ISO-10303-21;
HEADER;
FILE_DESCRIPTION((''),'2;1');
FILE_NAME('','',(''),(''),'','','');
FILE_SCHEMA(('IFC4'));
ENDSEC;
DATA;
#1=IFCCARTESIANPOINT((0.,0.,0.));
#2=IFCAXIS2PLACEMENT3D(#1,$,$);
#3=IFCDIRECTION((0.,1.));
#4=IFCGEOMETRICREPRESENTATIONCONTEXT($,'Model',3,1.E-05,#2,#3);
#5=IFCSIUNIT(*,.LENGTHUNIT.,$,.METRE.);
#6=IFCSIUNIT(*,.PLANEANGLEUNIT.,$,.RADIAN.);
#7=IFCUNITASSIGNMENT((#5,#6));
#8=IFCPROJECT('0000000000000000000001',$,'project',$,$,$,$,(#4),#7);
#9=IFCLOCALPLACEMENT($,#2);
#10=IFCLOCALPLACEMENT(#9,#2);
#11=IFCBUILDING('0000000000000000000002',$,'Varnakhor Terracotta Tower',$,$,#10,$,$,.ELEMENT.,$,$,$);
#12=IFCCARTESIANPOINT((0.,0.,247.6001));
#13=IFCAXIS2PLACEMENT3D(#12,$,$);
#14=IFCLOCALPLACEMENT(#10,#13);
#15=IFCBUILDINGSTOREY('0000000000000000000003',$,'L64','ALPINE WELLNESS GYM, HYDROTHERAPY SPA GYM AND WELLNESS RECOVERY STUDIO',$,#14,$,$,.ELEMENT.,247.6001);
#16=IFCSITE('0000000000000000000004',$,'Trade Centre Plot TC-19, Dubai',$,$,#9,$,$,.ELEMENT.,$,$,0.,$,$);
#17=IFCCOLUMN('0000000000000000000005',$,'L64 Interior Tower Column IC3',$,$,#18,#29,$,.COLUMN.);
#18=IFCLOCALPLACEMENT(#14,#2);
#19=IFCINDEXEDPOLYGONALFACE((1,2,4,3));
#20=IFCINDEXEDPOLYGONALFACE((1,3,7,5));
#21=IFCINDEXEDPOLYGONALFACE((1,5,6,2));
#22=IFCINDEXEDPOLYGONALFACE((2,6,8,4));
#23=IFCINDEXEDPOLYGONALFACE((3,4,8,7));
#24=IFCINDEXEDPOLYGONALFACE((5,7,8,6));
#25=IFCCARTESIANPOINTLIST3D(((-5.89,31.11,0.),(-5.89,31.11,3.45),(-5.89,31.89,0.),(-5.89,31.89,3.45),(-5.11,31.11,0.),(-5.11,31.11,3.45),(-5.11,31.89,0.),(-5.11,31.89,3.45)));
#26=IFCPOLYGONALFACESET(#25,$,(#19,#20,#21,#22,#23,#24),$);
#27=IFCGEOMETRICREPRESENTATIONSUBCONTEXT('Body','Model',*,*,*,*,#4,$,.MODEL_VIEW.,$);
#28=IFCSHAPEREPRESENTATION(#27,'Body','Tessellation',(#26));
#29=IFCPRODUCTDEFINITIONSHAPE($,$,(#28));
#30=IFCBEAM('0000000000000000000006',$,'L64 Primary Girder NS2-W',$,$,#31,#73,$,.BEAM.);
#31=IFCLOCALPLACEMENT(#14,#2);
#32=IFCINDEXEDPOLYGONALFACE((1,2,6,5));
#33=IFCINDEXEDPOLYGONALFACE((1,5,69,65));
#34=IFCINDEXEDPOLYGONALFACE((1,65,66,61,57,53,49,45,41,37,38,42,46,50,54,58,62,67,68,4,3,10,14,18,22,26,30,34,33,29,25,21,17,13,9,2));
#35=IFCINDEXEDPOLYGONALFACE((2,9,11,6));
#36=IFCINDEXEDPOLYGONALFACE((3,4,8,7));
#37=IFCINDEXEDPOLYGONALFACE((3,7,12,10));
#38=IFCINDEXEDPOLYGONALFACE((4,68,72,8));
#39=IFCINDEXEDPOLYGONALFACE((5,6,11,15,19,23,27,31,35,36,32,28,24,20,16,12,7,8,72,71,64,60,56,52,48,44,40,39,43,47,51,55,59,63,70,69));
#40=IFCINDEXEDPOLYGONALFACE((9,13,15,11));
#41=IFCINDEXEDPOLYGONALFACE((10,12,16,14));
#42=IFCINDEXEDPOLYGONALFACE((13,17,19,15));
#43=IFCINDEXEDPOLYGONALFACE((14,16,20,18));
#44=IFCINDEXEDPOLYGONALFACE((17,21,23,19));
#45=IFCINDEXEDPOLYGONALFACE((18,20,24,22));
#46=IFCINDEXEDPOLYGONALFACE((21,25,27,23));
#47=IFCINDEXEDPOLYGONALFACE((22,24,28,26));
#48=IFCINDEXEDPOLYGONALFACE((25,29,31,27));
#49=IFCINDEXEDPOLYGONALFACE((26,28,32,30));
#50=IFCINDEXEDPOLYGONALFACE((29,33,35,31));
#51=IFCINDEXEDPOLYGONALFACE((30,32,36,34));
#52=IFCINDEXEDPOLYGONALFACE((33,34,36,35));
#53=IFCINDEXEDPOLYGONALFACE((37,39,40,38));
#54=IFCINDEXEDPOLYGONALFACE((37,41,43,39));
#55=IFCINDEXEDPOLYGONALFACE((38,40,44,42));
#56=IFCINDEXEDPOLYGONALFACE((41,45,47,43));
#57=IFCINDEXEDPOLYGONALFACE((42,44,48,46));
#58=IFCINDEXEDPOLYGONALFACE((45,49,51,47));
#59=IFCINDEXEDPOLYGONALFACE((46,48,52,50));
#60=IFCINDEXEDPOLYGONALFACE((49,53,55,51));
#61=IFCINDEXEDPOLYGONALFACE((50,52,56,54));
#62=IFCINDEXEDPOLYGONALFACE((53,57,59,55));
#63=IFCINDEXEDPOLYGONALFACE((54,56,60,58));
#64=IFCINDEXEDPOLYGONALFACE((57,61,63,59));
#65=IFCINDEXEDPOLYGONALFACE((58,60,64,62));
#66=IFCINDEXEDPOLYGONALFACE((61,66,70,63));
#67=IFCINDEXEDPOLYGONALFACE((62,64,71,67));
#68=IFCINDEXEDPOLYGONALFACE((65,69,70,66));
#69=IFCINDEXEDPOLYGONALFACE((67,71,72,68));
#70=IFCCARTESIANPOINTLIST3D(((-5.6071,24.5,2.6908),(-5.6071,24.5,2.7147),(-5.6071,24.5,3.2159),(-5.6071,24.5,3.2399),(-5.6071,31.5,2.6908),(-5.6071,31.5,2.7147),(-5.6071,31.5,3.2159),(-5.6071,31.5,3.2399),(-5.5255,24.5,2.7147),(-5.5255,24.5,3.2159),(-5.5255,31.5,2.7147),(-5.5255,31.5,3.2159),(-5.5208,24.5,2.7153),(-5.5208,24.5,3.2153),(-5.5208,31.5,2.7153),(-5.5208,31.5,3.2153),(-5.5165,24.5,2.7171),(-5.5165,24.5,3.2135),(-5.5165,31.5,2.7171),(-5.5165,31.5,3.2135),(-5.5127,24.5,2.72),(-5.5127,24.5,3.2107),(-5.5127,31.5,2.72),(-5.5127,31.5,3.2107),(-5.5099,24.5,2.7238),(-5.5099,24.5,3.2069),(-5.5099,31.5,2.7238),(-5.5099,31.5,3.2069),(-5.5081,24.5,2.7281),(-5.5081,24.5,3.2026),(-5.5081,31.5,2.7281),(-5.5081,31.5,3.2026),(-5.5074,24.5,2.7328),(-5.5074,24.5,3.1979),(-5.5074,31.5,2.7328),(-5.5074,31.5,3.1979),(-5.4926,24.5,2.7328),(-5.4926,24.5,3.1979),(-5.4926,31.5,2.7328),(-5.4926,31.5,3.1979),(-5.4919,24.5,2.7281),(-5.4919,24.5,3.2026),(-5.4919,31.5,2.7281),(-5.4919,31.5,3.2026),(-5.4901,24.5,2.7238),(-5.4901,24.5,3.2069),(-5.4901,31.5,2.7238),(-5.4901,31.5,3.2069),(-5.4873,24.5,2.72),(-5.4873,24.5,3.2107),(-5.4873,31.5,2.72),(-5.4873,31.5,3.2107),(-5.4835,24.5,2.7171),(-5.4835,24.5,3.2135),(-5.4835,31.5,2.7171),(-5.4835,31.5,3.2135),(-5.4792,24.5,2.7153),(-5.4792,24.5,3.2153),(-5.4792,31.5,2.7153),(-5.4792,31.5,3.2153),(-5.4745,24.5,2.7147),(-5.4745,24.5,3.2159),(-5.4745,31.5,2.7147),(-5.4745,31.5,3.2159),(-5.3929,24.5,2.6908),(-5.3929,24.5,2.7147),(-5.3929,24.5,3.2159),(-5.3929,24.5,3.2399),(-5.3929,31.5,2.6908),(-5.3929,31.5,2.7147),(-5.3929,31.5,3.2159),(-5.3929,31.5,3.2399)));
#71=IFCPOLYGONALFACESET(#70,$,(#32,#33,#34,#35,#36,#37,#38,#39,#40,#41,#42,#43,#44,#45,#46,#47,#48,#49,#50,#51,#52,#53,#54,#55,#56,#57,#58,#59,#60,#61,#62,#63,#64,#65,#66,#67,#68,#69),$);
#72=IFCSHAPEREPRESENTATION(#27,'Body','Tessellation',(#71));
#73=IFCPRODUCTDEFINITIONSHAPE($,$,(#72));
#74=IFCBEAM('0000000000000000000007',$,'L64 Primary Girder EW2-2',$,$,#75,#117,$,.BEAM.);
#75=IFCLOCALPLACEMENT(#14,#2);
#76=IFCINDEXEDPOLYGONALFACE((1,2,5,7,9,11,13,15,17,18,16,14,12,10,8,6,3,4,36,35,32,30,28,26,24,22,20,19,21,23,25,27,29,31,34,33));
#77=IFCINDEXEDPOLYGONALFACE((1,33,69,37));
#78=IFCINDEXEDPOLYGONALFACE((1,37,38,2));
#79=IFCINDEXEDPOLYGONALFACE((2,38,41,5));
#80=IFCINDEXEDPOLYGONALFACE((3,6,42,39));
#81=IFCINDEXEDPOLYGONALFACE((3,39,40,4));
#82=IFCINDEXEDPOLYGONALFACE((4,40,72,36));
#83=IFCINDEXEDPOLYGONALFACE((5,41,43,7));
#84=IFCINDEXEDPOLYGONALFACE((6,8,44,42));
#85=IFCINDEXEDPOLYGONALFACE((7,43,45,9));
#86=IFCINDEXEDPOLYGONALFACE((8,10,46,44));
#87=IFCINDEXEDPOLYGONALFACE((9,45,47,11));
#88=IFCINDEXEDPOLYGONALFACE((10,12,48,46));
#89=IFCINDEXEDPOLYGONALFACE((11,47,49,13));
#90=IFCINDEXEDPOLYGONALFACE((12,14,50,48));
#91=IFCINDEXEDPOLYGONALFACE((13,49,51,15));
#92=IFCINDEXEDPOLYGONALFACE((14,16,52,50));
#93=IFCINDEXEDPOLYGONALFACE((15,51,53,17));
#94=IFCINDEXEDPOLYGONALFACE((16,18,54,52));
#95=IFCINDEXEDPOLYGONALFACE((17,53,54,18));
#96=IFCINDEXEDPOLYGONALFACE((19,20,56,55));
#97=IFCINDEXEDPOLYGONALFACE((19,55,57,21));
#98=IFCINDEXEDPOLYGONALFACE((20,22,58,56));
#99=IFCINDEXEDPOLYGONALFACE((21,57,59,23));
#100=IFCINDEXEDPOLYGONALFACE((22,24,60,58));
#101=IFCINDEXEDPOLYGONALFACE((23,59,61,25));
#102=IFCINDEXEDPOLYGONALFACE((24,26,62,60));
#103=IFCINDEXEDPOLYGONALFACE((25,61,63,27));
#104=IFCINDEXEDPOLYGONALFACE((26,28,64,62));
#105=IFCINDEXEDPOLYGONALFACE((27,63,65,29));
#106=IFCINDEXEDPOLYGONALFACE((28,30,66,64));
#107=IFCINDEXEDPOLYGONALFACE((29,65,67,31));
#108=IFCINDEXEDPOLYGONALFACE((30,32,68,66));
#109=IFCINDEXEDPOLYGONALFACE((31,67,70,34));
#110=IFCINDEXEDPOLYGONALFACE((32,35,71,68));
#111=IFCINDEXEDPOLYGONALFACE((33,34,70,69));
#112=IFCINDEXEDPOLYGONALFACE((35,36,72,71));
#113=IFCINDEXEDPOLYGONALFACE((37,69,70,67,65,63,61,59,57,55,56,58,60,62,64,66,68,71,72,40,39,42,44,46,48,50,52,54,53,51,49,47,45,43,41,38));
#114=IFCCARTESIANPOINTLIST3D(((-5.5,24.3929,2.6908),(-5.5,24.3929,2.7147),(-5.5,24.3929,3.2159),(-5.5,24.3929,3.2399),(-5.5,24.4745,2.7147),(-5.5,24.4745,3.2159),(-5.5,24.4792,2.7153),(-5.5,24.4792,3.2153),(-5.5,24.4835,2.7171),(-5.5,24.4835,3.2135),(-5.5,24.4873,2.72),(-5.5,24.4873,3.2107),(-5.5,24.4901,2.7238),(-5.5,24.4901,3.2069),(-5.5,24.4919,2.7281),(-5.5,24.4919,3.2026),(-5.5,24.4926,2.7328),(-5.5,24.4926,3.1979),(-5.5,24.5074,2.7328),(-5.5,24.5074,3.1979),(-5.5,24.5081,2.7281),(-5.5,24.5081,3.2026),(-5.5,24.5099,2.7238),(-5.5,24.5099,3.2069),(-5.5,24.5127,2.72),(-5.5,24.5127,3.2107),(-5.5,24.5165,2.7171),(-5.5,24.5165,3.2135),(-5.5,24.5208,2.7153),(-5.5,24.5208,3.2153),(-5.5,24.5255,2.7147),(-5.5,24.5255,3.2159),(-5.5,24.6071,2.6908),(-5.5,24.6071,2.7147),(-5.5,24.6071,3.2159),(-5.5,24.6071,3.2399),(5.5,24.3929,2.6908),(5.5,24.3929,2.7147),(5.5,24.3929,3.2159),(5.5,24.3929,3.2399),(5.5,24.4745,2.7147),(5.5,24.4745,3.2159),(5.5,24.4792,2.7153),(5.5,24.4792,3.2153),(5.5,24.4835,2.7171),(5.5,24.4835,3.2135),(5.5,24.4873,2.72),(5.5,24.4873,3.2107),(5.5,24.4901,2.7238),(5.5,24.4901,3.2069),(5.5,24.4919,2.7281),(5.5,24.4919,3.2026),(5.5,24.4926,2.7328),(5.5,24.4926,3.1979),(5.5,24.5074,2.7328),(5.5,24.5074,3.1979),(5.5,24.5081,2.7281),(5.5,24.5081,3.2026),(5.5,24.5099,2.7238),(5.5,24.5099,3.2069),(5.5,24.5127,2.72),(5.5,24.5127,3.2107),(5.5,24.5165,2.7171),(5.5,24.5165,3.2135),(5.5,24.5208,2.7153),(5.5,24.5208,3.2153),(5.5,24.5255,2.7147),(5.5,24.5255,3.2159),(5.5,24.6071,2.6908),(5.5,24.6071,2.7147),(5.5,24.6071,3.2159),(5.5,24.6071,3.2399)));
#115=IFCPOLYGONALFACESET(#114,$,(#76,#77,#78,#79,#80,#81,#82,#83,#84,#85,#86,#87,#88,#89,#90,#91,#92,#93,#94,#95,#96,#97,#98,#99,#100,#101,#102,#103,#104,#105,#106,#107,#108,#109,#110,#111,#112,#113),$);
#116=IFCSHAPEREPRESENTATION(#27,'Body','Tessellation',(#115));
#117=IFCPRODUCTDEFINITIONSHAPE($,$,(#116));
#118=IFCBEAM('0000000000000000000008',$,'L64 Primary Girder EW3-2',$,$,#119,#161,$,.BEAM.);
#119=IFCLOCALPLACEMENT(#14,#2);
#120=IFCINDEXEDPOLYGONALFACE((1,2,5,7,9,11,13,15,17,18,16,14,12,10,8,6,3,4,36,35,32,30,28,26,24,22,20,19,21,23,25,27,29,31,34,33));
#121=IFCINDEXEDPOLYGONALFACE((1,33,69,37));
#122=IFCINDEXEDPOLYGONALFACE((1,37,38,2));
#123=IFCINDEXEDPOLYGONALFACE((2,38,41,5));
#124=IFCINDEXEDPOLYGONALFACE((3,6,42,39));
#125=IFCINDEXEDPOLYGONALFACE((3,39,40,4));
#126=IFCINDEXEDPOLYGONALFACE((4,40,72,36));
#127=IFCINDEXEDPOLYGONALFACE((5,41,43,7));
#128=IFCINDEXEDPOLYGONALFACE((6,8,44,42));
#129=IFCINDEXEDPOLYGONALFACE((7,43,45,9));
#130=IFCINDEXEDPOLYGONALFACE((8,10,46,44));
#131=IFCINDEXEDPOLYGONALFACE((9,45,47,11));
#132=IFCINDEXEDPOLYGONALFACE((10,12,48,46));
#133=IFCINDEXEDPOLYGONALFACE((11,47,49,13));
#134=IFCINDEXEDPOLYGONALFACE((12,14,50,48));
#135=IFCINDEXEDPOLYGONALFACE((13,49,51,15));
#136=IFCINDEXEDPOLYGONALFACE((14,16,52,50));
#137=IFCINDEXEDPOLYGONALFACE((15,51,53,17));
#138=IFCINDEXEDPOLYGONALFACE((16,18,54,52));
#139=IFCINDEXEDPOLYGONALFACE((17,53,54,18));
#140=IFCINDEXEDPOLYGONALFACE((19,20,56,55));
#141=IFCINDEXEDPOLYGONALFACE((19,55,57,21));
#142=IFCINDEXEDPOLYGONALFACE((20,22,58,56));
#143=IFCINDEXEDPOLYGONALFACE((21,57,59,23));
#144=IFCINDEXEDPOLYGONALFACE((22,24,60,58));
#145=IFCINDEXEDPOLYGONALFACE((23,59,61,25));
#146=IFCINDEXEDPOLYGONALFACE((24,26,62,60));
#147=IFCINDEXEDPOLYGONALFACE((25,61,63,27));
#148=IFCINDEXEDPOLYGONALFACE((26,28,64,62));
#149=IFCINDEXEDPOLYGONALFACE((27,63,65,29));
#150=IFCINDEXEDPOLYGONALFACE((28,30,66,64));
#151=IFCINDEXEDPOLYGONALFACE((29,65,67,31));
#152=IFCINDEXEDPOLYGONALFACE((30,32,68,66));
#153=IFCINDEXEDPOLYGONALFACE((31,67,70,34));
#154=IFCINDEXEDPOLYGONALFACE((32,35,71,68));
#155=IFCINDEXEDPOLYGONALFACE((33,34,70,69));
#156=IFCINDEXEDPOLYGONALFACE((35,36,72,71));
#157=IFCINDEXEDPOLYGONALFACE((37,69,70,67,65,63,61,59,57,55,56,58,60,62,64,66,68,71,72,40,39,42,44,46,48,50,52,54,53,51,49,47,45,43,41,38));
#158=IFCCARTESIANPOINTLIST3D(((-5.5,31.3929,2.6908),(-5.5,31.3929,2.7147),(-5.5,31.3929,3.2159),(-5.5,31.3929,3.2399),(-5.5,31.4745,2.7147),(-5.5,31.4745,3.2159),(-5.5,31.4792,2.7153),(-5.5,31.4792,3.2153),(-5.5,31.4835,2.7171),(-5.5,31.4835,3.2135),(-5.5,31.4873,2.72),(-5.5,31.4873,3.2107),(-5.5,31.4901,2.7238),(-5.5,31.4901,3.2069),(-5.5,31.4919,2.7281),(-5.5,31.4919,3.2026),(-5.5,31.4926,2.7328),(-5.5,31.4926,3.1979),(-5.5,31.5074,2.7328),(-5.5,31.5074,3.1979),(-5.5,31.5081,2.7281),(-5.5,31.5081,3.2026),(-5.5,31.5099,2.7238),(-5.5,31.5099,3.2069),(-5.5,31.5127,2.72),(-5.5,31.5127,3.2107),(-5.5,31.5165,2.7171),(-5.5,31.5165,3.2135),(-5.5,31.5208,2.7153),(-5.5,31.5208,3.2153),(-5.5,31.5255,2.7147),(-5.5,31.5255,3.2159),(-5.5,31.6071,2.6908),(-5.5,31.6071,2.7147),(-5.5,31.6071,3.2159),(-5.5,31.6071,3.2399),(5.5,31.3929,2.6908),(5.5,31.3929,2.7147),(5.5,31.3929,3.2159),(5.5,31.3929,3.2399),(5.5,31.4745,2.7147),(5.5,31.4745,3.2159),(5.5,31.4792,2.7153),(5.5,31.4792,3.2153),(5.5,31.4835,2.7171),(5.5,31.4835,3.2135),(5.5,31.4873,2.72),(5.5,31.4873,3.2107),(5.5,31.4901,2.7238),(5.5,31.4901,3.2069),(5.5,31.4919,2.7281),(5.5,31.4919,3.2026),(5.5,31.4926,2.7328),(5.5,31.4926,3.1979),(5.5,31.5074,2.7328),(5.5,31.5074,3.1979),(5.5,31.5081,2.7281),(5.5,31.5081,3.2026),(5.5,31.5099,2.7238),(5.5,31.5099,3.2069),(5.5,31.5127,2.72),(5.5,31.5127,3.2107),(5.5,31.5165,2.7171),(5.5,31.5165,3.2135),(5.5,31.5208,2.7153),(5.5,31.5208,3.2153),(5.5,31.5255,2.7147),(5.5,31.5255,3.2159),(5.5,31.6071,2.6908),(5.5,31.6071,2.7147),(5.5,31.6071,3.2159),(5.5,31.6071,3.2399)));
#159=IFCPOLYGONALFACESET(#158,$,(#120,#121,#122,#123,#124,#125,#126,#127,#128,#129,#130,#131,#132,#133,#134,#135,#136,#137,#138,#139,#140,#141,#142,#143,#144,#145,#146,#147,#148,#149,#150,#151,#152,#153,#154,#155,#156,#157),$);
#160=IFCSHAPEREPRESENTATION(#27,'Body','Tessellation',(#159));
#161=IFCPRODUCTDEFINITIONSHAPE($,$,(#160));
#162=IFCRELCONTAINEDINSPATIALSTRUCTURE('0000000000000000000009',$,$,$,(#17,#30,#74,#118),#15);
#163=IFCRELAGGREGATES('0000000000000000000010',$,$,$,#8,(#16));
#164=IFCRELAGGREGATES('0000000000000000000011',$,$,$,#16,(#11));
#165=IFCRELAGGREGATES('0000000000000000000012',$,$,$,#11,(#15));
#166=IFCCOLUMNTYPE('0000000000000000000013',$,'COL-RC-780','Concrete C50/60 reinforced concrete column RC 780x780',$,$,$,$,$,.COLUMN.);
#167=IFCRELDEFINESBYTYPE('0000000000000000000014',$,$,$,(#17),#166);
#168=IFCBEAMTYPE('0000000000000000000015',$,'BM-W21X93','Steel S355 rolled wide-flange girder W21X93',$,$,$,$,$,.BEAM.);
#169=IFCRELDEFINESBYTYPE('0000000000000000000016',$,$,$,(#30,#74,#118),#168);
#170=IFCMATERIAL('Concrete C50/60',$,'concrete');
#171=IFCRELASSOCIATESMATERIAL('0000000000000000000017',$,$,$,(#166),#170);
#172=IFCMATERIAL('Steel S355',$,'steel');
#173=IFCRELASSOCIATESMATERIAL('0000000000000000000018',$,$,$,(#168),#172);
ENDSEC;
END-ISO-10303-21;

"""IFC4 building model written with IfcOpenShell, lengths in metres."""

from ifc_helpers import new_model, si_unit, direction, frame, origin, origin_2d, place, context, subcontext, project, spatial, rectangle, i_section, extrude, source, transform, mapped, material, material_profile, profile_set, type_object, element, save


model = new_model("IFC4")

# Units and contexts
model_context = context("Model", 3, precision=1e-05, world=origin(), true_north=direction((0.0, 1.0)))
body_context = subcontext(model_context, "Body", "Model", "MODEL_VIEW")
ifc_project = project(units=[si_unit("LENGTHUNIT", "METRE"), si_unit("PLANEANGLEUNIT", "RADIAN")], contexts=[model_context])

# Site, building, storey
site_placement = place(None, origin())
site = spatial("IfcSite", under=ifc_project, at=site_placement, Name="Trade Centre Plot TC-19, Dubai", CompositionType="ELEMENT", RefElevation=0.0)
building_placement = place(site_placement, origin())
building = spatial("IfcBuilding", under=site, at=building_placement, Name="Varnakhor Terracotta Tower", CompositionType="ELEMENT")
storey_placement = place(building_placement, frame((0.0, 0.0, 247.6001)))
storey = spatial("IfcBuildingStorey", under=building, at=storey_placement, Name="L64", Description="ALPINE WELLNESS GYM, HYDROTHERAPY SPA GYM AND WELLNESS RECOVERY STUDIO", CompositionType="ELEMENT", Elevation=247.6001)

# Column
ifc_material_1 = material(Name="Concrete C50/60", Category="concrete")
ifc_material_profile_1 = material_profile(ifc_material_1, rectangle(XDim=0.78, YDim=0.78, at=origin_2d()), Name="RC 780x780")
ifc_profile_set_1 = profile_set([ifc_material_profile_1], Name="Concrete C50/60")
column_type = type_object("IfcColumnType", Name="COL-RC-780", Description="Concrete C50/60 reinforced concrete column RC 780x780", PredefinedType="COLUMN", material=ifc_profile_set_1)
shared_shape_1 = source(origin(), body_context, "Body", "SweptSolid", [
    extrude(rectangle(XDim=0.78, YDim=0.78, at=origin_2d()), origin(), (0.0, 0.0, 1.0), 3.45),
])
column_placement = place(storey_placement, frame((-5.5, 31.5, 0.0), z_axis=(0.0, 0.0, 1.0), x_axis=(1.0, 0.0, 0.0)))
element("IfcColumn", 1, at=column_placement, inside=storey, type_object=column_type, Name="L64 Interior Tower Column IC3", PredefinedType="COLUMN", context=body_context, shape_type="MappedRepresentation", body=[
    mapped(shared_shape_1, transform((0.0, 0.0, 0.0), scale=1.0)),
])

# Beams
ifc_material_2 = material(Name="Steel S355", Category="steel")
ifc_material_profile_2 = material_profile(ifc_material_2, i_section(OverallWidth=0.2141, OverallDepth=0.5491, WebThickness=0.0149, FlangeThickness=0.0239, FilletRadius=0.0181, at=origin_2d()), Name="W21X93")
ifc_profile_set_2 = profile_set([ifc_material_profile_2], Name="Steel S355")
beam_type_1 = type_object("IfcBeamType", Name="BM-W21X93", Description="Steel S355 rolled wide-flange girder W21X93", PredefinedType="BEAM", material=ifc_profile_set_2)
shared_shape_2 = source(origin(), body_context, "Body", "SweptSolid", [
    extrude(i_section(OverallWidth=0.2141, OverallDepth=0.5491, WebThickness=0.0149, FlangeThickness=0.0239, FilletRadius=0.0181, at=origin_2d()), origin(), (0.0, 0.0, 1.0), 7.0),
])
beam_1_placement = place(storey_placement, frame((-5.5, 24.5, 2.9653), z_axis=(0.0, 1.0, 0.0), x_axis=(-1.0, 0.0, 0.0)))
element("IfcBeam", 2, at=beam_1_placement, inside=storey, type_object=beam_type_1, Name="L64 Primary Girder NS2-W", PredefinedType="BEAM", context=body_context, shape_type="MappedRepresentation", body=[
    mapped(shared_shape_2, transform((0.0, 0.0, 0.0), scale=1.0)),
])
shared_shape_3 = source(origin(), body_context, "Body", "SweptSolid", [
    extrude(i_section(OverallWidth=0.2141, OverallDepth=0.5491, WebThickness=0.0149, FlangeThickness=0.0239, FilletRadius=0.0181, at=origin_2d()), origin(), (0.0, 0.0, 1.0), 11.0),
])
for number, where, z_axis, x_axis, name in (
    (3, (-5.5, 24.5, 2.9653), (1.0, 0.0, 0.0), (0.0, 1.0, 0.0), "L64 Primary Girder EW2-2"),
    (4, (-5.5, 31.5, 2.9653), (1.0, 0.0, 0.0), (0.0, 1.0, 0.0), "L64 Primary Girder EW3-2"),
):
    element("IfcBeam", number, at=place(storey_placement, frame(where, z_axis=z_axis, x_axis=x_axis)), inside=storey, type_object=beam_type_1, Name=name, PredefinedType="BEAM", context=body_context, shape_type="MappedRepresentation", body=[
        mapped(shared_shape_3, transform((0.0, 0.0, 0.0), scale=1.0)),
    ])

save(model, "model.ifc")
